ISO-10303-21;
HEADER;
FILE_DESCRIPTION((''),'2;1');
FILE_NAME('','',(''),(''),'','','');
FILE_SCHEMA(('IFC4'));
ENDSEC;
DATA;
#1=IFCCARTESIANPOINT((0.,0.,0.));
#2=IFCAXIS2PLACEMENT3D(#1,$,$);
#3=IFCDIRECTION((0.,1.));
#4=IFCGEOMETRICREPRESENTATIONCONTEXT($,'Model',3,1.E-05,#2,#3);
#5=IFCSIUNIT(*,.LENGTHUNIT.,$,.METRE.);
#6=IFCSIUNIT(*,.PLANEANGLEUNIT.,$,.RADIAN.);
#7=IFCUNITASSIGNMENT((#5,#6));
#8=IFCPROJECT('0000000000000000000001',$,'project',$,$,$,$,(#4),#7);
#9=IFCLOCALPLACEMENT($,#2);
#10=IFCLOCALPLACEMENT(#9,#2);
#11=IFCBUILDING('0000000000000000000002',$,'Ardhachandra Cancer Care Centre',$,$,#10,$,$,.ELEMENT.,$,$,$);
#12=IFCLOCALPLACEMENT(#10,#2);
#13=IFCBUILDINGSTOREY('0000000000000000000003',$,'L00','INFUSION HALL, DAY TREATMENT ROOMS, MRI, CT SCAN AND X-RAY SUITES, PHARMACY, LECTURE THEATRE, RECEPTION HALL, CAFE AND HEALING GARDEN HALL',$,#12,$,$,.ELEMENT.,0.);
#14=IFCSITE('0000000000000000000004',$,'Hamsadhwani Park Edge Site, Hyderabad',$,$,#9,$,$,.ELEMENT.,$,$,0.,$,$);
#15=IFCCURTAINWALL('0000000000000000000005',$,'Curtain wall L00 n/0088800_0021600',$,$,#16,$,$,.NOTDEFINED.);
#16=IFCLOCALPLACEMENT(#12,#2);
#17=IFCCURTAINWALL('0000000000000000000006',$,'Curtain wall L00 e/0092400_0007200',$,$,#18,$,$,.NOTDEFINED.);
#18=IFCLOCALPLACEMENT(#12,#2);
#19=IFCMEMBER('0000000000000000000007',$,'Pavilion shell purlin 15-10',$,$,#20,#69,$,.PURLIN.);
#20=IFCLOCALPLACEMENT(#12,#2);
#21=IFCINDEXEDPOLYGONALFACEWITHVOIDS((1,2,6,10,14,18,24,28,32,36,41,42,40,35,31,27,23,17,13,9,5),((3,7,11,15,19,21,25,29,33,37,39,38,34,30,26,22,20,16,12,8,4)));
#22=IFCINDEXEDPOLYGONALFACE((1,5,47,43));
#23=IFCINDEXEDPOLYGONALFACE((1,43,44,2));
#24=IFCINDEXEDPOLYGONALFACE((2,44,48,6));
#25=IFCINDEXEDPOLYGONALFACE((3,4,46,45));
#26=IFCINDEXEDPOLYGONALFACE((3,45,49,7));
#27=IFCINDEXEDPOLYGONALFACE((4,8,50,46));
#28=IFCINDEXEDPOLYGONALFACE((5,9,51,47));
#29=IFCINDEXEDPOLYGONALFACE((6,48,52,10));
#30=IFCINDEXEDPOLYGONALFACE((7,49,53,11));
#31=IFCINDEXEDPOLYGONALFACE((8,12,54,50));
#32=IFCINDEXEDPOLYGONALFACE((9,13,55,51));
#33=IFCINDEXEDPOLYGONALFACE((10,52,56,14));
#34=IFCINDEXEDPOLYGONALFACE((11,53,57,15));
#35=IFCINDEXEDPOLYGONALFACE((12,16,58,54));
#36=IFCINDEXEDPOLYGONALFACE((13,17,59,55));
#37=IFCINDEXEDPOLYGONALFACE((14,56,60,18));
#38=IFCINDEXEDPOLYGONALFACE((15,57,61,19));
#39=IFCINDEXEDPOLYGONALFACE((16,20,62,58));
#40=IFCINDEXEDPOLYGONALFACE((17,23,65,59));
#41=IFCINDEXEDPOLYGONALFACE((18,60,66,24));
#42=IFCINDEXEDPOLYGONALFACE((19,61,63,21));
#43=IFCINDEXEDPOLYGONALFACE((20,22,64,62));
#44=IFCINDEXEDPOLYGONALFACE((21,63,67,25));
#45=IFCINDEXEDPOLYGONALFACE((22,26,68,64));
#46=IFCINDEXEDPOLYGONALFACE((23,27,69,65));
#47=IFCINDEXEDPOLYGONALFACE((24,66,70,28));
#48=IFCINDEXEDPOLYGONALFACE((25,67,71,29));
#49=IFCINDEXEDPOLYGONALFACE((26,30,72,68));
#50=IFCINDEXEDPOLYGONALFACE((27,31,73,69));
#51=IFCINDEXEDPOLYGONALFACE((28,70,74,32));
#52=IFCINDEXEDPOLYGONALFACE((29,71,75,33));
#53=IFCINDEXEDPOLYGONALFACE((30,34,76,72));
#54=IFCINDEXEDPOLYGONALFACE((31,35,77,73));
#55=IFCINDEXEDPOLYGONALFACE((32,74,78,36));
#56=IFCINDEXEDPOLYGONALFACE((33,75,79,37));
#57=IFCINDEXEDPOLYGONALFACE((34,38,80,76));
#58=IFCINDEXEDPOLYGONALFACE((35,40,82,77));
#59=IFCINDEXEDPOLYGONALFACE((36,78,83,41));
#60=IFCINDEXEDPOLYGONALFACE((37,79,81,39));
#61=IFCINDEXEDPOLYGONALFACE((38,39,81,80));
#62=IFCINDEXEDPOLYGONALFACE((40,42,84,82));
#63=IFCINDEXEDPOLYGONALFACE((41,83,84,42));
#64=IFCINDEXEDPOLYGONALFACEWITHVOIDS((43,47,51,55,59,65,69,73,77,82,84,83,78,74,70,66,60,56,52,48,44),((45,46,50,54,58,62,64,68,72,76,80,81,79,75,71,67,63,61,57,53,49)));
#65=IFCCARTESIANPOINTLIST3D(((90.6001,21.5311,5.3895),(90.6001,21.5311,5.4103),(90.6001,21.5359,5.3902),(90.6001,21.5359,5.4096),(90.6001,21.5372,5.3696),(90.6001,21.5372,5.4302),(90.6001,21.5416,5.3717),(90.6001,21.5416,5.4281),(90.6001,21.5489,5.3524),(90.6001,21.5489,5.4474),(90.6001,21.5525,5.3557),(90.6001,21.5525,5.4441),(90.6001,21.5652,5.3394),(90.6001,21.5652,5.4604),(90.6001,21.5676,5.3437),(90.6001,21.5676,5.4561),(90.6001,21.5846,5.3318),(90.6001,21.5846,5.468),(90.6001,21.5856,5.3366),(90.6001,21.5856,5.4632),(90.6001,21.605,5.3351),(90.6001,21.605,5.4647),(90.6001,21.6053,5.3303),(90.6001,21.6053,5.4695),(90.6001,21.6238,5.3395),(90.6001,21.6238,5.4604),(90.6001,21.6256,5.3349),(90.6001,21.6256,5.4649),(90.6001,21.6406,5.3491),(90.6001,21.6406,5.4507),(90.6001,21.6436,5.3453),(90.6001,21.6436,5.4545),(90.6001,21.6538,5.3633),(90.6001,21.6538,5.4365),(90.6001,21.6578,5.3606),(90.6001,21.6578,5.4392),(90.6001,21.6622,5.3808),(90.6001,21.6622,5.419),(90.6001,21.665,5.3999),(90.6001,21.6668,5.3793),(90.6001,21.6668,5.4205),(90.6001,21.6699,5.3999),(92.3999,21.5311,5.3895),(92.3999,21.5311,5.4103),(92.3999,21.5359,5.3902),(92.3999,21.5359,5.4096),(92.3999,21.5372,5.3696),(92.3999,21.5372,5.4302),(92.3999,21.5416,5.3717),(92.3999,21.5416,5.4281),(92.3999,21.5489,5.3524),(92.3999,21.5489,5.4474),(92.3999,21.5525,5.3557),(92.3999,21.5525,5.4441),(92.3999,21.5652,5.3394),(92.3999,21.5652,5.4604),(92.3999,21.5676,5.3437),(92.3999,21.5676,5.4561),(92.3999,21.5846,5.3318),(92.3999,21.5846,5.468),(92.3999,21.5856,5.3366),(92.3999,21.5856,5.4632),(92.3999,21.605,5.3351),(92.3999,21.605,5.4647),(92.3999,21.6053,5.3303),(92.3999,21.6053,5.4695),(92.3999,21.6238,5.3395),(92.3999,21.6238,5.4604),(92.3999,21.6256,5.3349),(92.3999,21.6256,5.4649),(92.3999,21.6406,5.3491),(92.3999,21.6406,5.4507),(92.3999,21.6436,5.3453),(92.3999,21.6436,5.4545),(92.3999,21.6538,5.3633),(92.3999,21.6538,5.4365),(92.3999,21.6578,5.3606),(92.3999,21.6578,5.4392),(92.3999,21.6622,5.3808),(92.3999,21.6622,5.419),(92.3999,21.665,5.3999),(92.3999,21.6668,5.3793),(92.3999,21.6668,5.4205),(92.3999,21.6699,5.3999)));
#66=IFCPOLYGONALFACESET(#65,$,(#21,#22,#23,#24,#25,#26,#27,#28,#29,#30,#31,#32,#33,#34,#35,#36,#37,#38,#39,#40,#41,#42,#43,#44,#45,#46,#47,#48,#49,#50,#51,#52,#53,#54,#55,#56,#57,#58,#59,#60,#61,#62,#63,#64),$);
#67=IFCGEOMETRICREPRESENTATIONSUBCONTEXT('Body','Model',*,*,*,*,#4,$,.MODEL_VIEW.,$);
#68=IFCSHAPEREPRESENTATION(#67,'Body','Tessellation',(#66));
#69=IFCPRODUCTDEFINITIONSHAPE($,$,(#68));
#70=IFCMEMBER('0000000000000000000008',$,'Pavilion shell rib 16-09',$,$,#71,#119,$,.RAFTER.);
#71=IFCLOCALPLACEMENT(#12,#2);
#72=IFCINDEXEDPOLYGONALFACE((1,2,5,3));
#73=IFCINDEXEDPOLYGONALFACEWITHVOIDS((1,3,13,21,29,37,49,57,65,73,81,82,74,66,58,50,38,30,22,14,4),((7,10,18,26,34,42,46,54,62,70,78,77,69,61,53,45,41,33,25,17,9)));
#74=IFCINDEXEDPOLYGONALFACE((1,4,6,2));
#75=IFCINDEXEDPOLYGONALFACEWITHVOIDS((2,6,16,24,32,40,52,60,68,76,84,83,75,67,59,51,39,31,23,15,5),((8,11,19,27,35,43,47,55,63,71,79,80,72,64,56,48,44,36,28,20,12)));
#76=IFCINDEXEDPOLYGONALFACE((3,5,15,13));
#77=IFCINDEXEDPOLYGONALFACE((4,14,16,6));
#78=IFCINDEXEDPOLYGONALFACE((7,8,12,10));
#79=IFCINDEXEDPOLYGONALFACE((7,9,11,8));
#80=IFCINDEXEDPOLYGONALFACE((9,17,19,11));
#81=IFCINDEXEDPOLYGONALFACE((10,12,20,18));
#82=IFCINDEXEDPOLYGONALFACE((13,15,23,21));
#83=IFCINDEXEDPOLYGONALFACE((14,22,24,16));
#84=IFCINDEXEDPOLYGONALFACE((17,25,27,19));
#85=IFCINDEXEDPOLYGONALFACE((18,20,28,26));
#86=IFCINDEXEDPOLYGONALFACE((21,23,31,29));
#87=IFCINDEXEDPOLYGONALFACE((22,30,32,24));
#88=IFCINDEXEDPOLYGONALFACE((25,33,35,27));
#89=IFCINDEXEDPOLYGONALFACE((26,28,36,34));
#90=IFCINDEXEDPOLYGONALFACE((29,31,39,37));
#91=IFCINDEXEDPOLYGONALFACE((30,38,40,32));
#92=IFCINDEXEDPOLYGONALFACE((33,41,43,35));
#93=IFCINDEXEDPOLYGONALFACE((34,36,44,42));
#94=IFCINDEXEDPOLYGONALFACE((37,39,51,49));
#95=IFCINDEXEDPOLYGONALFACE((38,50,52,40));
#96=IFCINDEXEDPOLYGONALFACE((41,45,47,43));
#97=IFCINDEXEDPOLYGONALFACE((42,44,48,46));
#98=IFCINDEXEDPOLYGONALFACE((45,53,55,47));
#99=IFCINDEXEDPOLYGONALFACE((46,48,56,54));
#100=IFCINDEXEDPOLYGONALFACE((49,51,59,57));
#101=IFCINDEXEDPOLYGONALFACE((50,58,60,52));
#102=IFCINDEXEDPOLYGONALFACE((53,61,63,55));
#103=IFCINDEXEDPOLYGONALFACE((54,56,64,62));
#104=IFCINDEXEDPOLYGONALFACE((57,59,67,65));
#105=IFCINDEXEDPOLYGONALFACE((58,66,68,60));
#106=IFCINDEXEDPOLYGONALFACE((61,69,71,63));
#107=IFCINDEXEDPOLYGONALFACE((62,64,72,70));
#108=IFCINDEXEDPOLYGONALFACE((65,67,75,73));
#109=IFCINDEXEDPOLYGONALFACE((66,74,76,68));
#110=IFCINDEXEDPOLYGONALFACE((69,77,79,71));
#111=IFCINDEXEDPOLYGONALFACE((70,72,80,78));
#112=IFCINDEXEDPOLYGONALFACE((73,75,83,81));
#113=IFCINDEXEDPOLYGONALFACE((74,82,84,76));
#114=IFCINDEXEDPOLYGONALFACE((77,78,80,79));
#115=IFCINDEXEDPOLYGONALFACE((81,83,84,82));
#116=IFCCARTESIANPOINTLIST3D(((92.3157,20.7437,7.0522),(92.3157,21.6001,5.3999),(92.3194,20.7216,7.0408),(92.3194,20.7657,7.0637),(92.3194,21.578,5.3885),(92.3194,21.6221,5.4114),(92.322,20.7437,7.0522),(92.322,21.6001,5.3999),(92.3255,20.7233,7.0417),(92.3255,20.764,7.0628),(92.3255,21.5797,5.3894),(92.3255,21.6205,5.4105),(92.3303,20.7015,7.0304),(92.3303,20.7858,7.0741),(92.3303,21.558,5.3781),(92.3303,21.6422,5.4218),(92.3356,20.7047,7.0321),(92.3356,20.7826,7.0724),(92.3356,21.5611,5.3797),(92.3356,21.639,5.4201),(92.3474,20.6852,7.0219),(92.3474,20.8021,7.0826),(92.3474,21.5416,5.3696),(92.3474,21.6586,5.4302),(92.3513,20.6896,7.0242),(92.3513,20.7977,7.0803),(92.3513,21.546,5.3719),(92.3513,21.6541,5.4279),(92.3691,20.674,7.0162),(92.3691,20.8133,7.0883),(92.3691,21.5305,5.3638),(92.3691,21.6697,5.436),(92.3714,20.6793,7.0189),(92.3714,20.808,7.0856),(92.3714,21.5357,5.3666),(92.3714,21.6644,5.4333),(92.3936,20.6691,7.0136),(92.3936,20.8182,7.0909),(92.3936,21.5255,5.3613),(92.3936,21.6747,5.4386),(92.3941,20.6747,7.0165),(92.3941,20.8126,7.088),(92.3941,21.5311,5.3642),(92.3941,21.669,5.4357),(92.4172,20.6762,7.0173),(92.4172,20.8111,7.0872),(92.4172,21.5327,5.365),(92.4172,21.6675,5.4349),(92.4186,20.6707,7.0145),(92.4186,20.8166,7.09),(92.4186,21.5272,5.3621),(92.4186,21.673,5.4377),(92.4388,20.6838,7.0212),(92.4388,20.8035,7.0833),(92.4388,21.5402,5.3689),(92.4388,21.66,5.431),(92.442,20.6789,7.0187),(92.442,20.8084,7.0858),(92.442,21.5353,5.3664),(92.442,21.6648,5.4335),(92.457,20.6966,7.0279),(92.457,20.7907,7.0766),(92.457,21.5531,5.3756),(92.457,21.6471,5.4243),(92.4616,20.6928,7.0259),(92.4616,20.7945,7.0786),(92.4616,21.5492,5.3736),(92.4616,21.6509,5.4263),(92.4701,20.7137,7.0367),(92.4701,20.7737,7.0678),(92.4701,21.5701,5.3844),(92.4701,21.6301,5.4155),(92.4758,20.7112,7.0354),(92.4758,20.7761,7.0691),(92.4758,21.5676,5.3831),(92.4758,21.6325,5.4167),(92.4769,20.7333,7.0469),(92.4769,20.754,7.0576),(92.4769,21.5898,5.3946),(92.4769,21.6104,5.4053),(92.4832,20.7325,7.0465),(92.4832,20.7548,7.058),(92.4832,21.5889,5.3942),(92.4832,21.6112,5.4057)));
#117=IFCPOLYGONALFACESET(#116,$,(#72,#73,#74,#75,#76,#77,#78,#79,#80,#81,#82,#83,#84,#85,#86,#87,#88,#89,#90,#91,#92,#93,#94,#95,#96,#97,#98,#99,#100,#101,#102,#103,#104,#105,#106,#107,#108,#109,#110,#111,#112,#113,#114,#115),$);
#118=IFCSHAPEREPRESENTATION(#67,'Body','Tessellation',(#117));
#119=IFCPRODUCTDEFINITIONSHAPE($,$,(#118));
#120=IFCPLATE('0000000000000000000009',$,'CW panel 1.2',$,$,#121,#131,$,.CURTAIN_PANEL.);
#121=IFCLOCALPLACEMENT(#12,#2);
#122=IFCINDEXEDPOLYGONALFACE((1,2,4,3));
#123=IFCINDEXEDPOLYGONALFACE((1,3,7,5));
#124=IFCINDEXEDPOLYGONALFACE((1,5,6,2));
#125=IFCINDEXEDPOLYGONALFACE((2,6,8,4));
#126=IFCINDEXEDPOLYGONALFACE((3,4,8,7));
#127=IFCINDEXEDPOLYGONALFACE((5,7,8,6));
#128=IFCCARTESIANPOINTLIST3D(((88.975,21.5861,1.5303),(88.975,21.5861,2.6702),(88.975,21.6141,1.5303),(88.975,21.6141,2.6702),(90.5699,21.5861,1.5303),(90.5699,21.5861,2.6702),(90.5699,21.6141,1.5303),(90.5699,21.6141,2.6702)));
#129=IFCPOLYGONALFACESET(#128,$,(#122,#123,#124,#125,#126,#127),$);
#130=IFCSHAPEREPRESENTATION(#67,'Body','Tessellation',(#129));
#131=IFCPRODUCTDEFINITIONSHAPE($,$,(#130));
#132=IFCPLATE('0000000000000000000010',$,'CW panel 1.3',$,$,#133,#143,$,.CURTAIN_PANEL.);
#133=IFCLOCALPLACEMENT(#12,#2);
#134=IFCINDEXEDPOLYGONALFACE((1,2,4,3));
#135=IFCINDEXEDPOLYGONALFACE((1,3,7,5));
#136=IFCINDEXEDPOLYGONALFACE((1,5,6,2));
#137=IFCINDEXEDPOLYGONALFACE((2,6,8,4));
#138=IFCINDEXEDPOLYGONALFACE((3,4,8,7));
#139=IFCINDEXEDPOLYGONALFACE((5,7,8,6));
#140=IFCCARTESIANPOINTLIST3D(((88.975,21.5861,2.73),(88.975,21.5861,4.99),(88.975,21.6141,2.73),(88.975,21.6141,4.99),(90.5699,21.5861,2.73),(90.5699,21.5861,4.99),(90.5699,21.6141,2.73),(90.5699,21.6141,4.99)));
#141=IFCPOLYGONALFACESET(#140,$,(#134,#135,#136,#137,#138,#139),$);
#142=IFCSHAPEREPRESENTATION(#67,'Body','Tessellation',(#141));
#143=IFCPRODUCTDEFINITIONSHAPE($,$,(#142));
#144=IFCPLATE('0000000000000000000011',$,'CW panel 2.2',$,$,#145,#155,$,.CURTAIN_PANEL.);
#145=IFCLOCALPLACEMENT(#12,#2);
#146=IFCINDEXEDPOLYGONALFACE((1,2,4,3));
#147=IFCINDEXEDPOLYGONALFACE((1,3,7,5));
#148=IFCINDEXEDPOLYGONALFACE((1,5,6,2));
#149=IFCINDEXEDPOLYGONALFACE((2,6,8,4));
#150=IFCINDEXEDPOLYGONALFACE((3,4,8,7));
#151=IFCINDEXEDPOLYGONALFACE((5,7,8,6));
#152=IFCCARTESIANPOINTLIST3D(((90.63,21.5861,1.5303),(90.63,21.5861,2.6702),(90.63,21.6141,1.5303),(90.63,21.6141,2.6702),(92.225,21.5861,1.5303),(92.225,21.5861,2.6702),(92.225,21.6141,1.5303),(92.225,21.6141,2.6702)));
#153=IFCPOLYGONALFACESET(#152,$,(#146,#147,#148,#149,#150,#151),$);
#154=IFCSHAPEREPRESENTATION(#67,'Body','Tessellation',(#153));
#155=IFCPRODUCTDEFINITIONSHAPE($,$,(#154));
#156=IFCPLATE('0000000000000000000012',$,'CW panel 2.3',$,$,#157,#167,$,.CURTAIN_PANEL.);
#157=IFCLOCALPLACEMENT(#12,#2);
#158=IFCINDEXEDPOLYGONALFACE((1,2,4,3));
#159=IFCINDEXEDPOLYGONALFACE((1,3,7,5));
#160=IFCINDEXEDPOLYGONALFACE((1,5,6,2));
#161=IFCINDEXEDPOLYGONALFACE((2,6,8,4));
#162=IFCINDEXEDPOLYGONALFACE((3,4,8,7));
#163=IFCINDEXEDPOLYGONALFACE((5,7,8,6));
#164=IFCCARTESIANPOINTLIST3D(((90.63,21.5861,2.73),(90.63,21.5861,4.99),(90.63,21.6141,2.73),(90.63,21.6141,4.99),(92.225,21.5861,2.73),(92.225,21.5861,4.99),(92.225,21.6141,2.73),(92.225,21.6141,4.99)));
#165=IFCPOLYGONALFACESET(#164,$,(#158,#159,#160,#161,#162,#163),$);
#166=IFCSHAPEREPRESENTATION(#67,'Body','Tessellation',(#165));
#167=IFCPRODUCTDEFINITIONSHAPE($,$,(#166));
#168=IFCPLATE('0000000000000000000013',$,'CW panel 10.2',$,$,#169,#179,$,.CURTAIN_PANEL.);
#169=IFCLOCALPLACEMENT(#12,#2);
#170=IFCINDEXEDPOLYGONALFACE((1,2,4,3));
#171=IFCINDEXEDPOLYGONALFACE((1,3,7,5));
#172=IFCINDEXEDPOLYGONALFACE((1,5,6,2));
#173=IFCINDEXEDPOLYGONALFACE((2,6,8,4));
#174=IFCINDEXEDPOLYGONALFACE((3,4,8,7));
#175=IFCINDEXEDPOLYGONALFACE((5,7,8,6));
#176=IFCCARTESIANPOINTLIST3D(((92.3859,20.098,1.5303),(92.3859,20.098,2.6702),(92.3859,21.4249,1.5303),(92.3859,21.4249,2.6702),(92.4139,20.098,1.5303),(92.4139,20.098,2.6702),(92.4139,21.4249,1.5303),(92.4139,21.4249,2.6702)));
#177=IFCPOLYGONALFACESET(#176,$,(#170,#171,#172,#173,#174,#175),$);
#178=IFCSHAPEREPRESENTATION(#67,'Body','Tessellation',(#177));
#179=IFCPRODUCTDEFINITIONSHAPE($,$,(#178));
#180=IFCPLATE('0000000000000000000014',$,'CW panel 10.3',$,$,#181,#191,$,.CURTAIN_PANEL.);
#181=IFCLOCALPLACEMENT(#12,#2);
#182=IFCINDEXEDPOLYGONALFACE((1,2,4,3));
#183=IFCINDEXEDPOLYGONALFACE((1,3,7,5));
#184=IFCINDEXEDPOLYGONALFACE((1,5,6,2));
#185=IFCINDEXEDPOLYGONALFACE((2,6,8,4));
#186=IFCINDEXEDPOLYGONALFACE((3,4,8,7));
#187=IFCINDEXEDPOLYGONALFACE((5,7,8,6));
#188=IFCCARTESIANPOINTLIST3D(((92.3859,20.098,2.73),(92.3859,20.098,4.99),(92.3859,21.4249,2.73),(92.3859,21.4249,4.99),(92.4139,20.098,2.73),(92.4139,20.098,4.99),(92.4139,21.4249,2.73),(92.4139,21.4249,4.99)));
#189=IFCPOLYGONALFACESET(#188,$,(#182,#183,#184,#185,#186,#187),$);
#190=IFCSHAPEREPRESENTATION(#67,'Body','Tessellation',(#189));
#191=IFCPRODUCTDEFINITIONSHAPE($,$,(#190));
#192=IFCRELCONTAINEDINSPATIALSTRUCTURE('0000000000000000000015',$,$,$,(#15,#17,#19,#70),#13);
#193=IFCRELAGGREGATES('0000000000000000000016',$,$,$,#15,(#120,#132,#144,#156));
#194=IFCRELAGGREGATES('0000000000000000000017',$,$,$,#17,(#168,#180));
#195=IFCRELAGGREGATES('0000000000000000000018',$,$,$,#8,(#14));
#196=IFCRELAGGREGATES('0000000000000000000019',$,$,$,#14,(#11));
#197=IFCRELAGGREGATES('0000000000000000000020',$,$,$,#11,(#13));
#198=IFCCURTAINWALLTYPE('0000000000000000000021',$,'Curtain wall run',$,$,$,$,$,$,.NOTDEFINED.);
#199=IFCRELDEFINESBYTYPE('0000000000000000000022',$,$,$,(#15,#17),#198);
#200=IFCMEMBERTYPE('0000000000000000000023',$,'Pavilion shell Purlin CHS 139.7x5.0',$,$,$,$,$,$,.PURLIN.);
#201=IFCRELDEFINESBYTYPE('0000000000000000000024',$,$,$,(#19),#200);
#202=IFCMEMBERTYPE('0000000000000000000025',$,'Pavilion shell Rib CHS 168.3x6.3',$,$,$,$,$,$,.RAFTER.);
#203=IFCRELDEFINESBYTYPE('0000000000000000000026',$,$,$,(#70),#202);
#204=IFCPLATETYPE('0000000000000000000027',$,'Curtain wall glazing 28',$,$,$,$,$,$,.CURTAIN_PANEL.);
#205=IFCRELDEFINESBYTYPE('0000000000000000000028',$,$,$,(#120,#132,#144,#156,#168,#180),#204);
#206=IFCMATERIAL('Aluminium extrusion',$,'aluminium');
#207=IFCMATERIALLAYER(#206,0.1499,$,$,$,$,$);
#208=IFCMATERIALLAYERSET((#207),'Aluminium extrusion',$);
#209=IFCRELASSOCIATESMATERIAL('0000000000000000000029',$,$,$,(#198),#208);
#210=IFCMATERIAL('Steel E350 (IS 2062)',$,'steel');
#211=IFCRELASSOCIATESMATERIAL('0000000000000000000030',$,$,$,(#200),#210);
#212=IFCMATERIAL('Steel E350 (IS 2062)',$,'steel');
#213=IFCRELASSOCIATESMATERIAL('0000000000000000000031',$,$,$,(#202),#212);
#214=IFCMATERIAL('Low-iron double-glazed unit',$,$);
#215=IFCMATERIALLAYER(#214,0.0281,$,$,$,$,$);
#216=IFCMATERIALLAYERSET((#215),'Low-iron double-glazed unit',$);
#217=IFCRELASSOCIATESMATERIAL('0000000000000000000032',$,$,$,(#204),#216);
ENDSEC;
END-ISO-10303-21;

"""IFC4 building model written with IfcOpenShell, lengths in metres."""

from ifc_helpers import new_model, si_unit, direction, frame, origin, origin_2d, place, context, subcontext, project, spatial, rectangle, hollow_circle, extrude, material, layer, layer_set, material_profile, profile_set, type_object, element, aggregate, save


model = new_model("IFC4")

# Units and contexts
model_context = context("Model", 3, precision=1e-05, world=origin(), true_north=direction((0.0, 1.0)))
body_context = subcontext(model_context, "Body", "Model", "MODEL_VIEW")
ifc_project = project(units=[si_unit("LENGTHUNIT", "METRE"), si_unit("PLANEANGLEUNIT", "RADIAN")], contexts=[model_context])

# Site, building, storey
site_placement = place(None, origin())
site = spatial("IfcSite", under=ifc_project, at=site_placement, Name="Hamsadhwani Park Edge Site, Hyderabad", CompositionType="ELEMENT", RefElevation=0.0)
building_placement = place(site_placement, origin())
building = spatial("IfcBuilding", under=site, at=building_placement, Name="Ardhachandra Cancer Care Centre", CompositionType="ELEMENT")
storey_placement = place(building_placement, origin())
storey = spatial("IfcBuildingStorey", under=building, at=storey_placement, Name="L00", Description="INFUSION HALL, DAY TREATMENT ROOMS, MRI, CT SCAN AND X-RAY SUITES, PHARMACY, LECTURE THEATRE, RECEPTION HALL, CAFE AND HEALING GARDEN HALL", CompositionType="ELEMENT", Elevation=0.0)

# Curtain wall
ifc_material_1 = material(Name="Aluminium extrusion", Category="aluminium")
ifc_layer_1 = layer(ifc_material_1, 0.1499)
ifc_layer_set_1 = layer_set([ifc_layer_1], Name="Aluminium extrusion")
curtain_wall_type = type_object("IfcCurtainWallType", Name="Curtain wall run", PredefinedType="NOTDEFINED", material=ifc_layer_set_1)
curtain_wall_1_placement = place(storey_placement, origin())
curtain_wall_1 = element("IfcCurtainWall", 1, at=curtain_wall_1_placement, inside=storey, type_object=curtain_wall_type, Name="Curtain wall L00 n/0088800_0021600", PredefinedType="NOTDEFINED")

# Curtain wall
curtain_wall_2_placement = place(storey_placement, origin())
curtain_wall_2 = element("IfcCurtainWall", 2, at=curtain_wall_2_placement, inside=storey, type_object=curtain_wall_type, Name="Curtain wall L00 e/0092400_0007200", PredefinedType="NOTDEFINED")

# Members
ifc_material_2 = material(Name="Steel E350 (IS 2062)", Category="steel")
ifc_material_profile_1 = material_profile(ifc_material_2, hollow_circle(Radius=0.0698, WallThickness=0.0049, at=origin_2d()), Name="CHS 139.7x5.0")
ifc_profile_set_1 = profile_set([ifc_material_profile_1], Name="Steel E350 (IS 2062)")
member_type_1 = type_object("IfcMemberType", Name="Pavilion shell Purlin CHS 139.7x5.0", PredefinedType="PURLIN", material=ifc_profile_set_1)
member_1_placement = place(storey_placement, frame((90.6001, 21.6001, 5.3999), z_axis=(1.0, 0.0, 0.0), x_axis=(0.0, 1.0, 0.0)))
element("IfcMember", 3, at=member_1_placement, inside=storey, type_object=member_type_1, Name="Pavilion shell purlin 15-10", PredefinedType="PURLIN", context=body_context, shape_type="SweptSolid", body=[
    extrude(hollow_circle(Radius=0.0698, WallThickness=0.0049, at=origin_2d()), origin(), (0.0, 0.0, 1.0), 1.7998),
])
ifc_material_3 = material(Name="Steel E350 (IS 2062)", Category="steel")
ifc_material_profile_2 = material_profile(ifc_material_3, hollow_circle(Radius=0.0842, WallThickness=0.0063, at=origin_2d()), Name="CHS 168.3x6.3")
ifc_profile_set_2 = profile_set([ifc_material_profile_2], Name="Steel E350 (IS 2062)")
member_type_2 = type_object("IfcMemberType", Name="Pavilion shell Rib CHS 168.3x6.3", PredefinedType="RAFTER", material=ifc_profile_set_2)
member_2_placement = place(storey_placement, frame((92.3999, 20.7437, 7.0522), z_axis=(0.0, 0.460179, -0.887826), x_axis=(-1.0, 0.0, 0.0)))
element("IfcMember", 4, at=member_2_placement, inside=storey, type_object=member_type_2, Name="Pavilion shell rib 16-09", PredefinedType="RAFTER", context=body_context, shape_type="SweptSolid", body=[
    extrude(hollow_circle(Radius=0.0842, WallThickness=0.0063, at=origin_2d()), origin(), (0.0, 0.0, 1.0), 1.8611),
])

# Plates
ifc_material_4 = material(Name="Low-iron double-glazed unit")
ifc_layer_2 = layer(ifc_material_4, 0.0281)
ifc_layer_set_2 = layer_set([ifc_layer_2], Name="Low-iron double-glazed unit")
plate_type_1 = type_object("IfcPlateType", Name="Curtain wall glazing 28", PredefinedType="CURTAIN_PANEL", material=ifc_layer_set_2)
plate_1_placement = place(storey_placement, frame((89.7725, 21.6001, 1.5303), z_axis=(0.0, 0.0, 1.0), x_axis=(1.0, 0.0, 0.0)))
plate_1 = element("IfcPlate", 5, at=plate_1_placement, type_object=plate_type_1, Name="CW panel 1.2", PredefinedType="CURTAIN_PANEL", context=body_context, shape_type="SweptSolid", body=[
    extrude(rectangle(XDim=1.595, YDim=0.0281, at=origin_2d()), origin(), (0.0, 0.0, 1.0), 1.1399),
])
plate_2_placement = place(storey_placement, frame((89.7725, 21.6001, 2.73), z_axis=(0.0, 0.0, 1.0), x_axis=(1.0, 0.0, 0.0)))
plate_2 = element("IfcPlate", 6, at=plate_2_placement, type_object=plate_type_1, Name="CW panel 1.3", PredefinedType="CURTAIN_PANEL", context=body_context, shape_type="SweptSolid", body=[
    extrude(rectangle(XDim=1.595, YDim=0.0281, at=origin_2d()), origin(), (0.0, 0.0, 1.0), 2.26),
])
plate_3_placement = place(storey_placement, frame((91.4275, 21.6001, 1.5303), z_axis=(0.0, 0.0, 1.0), x_axis=(1.0, 0.0, 0.0)))
plate_3 = element("IfcPlate", 7, at=plate_3_placement, type_object=plate_type_1, Name="CW panel 2.2", PredefinedType="CURTAIN_PANEL", context=body_context, shape_type="SweptSolid", body=[
    extrude(rectangle(XDim=1.595, YDim=0.0281, at=origin_2d()), origin(), (0.0, 0.0, 1.0), 1.1399),
])
plate_4_placement = place(storey_placement, frame((91.4275, 21.6001, 2.73), z_axis=(0.0, 0.0, 1.0), x_axis=(1.0, 0.0, 0.0)))
plate_4 = element("IfcPlate", 8, at=plate_4_placement, type_object=plate_type_1, Name="CW panel 2.3", PredefinedType="CURTAIN_PANEL", context=body_context, shape_type="SweptSolid", body=[
    extrude(rectangle(XDim=1.595, YDim=0.0281, at=origin_2d()), origin(), (0.0, 0.0, 1.0), 2.26),
])
plate_5_placement = place(storey_placement, frame((92.3999, 20.7615, 1.5303), z_axis=(0.0, 0.0, 1.0), x_axis=(0.0, 1.0, 0.0)))
plate_5 = element("IfcPlate", 9, at=plate_5_placement, type_object=plate_type_1, Name="CW panel 10.2", PredefinedType="CURTAIN_PANEL", context=body_context, shape_type="SweptSolid", body=[
    extrude(rectangle(XDim=1.3269, YDim=0.0281, at=origin_2d()), origin(), (0.0, 0.0, 1.0), 1.1399),
])
plate_6_placement = place(storey_placement, frame((92.3999, 20.7615, 2.73), z_axis=(0.0, 0.0, 1.0), x_axis=(0.0, 1.0, 0.0)))
plate_6 = element("IfcPlate", 10, at=plate_6_placement, type_object=plate_type_1, Name="CW panel 10.3", PredefinedType="CURTAIN_PANEL", context=body_context, shape_type="SweptSolid", body=[
    extrude(rectangle(XDim=1.3269, YDim=0.0281, at=origin_2d()), origin(), (0.0, 0.0, 1.0), 2.26),
])
aggregate(curtain_wall_1, [plate_1, plate_2, plate_3, plate_4])
aggregate(curtain_wall_2, [plate_5, plate_6])

save(model, "model.ifc")
